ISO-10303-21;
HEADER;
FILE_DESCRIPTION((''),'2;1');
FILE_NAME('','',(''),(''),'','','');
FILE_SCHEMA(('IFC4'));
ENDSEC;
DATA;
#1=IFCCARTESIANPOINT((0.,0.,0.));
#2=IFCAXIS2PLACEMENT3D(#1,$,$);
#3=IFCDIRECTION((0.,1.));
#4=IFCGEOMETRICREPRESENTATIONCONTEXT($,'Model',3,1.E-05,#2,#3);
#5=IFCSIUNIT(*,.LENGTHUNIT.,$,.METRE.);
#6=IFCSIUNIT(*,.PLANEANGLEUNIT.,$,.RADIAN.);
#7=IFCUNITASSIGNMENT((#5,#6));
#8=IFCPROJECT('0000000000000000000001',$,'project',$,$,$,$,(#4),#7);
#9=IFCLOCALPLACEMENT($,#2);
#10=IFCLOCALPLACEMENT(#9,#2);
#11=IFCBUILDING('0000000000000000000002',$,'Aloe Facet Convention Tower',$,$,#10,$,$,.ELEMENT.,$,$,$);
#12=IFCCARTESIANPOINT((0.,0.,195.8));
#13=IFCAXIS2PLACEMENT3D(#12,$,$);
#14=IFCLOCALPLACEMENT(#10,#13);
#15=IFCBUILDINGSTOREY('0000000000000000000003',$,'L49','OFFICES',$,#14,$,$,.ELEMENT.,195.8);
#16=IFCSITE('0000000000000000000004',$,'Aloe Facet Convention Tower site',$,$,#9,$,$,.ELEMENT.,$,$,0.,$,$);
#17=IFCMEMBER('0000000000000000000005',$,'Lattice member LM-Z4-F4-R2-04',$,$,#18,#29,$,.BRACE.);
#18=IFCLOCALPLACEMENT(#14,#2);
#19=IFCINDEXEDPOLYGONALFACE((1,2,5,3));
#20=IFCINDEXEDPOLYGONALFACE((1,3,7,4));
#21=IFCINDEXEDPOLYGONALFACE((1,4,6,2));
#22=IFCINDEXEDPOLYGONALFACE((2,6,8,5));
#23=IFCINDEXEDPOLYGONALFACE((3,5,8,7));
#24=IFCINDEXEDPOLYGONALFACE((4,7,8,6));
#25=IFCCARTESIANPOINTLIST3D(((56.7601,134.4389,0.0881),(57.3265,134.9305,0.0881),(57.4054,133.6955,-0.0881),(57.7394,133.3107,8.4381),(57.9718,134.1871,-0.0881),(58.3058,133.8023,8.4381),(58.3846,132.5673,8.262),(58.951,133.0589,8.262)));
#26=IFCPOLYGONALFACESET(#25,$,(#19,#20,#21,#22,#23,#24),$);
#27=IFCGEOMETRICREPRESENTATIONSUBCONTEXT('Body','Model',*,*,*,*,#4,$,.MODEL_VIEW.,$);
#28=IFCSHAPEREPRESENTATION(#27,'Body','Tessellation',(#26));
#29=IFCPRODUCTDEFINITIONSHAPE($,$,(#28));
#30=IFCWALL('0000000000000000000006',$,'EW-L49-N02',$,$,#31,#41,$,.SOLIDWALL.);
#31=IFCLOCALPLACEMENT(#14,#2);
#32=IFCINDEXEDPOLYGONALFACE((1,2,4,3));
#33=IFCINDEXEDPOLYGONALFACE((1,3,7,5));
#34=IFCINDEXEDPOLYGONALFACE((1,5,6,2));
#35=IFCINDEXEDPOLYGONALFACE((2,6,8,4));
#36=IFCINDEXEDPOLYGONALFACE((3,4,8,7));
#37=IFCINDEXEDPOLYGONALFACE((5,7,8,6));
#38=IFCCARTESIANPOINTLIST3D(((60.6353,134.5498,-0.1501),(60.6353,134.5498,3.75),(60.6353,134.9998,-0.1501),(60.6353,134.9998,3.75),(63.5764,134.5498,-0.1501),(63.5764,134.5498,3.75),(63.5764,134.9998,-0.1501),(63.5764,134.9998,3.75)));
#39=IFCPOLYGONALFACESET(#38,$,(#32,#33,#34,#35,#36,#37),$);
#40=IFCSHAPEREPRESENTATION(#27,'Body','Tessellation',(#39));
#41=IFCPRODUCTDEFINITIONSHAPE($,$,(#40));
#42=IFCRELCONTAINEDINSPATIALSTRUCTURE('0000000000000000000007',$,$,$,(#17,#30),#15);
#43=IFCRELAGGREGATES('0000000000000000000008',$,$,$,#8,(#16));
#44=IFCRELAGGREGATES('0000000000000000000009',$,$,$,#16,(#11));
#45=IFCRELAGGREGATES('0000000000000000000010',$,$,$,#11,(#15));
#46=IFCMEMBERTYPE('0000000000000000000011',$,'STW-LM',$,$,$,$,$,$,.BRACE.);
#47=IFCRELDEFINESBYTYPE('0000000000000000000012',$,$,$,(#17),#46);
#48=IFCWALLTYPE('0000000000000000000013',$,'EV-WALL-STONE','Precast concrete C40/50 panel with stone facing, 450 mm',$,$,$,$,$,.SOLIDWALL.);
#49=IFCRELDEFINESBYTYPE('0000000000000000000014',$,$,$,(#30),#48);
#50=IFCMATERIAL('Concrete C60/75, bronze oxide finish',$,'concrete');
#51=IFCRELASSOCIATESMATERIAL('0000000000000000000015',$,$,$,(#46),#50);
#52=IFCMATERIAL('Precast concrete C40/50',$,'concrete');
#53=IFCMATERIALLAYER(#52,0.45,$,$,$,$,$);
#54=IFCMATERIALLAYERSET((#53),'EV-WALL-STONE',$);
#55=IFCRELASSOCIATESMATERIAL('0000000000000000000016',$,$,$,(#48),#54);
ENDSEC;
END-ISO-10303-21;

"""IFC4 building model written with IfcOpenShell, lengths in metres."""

from ifc_helpers import new_model, si_unit, direction, frame, origin, origin_2d, place, context, subcontext, project, spatial, polyline, rectangle, outline, extrude, material, layer, layer_set, material_profile, profile_set, type_object, element, save


model = new_model("IFC4")

# Units and contexts
model_context = context("Model", 3, precision=1e-05, world=origin(), true_north=direction((0.0, 1.0)))
body_context = subcontext(model_context, "Body", "Model", "MODEL_VIEW")
ifc_project = project(units=[si_unit("LENGTHUNIT", "METRE"), si_unit("PLANEANGLEUNIT", "RADIAN")], contexts=[model_context])

# Site, building, storey
site_placement = place(None, origin())
site = spatial("IfcSite", under=ifc_project, at=site_placement, Name="Aloe Facet Convention Tower site", CompositionType="ELEMENT", RefElevation=0.0)
building_placement = place(site_placement, origin())
building = spatial("IfcBuilding", under=site, at=building_placement, Name="Aloe Facet Convention Tower", CompositionType="ELEMENT")
storey_placement = place(building_placement, frame((0.0, 0.0, 195.8)))
storey = spatial("IfcBuildingStorey", under=building, at=storey_placement, Name="L49", Description="OFFICES", CompositionType="ELEMENT", Elevation=195.8)

# Member
ifc_material_1 = material(Name="Concrete C60/75, bronze oxide finish", Category="concrete")
ifc_material_profile_1 = material_profile(ifc_material_1, rectangle(XDim=0.75, YDim=1.0, at=origin_2d()), Name="STW-LM")
ifc_profile_set_1 = profile_set([ifc_material_profile_1], Name="Concrete C60/75, bronze oxide finish")
member_type_1 = type_object("IfcMemberType", Name="STW-LM", PredefinedType="BRACE", material=ifc_profile_set_1)
member_1_placement = place(storey_placement, frame((57.366, 134.313, 0.0), z_axis=(0.115441, -0.132997, 0.98437), x_axis=(0.755193, 0.655503, 0.0)))
element("IfcMember", 1, at=member_1_placement, inside=storey, type_object=member_type_1, Name="Lattice member LM-Z4-F4-R2-04", PredefinedType="BRACE", context=body_context, shape_type="SweptSolid", body=[
    extrude(rectangle(XDim=0.75, YDim=1.0, at=origin_2d()), origin(), (0.0, 0.0, 1.0), 8.4827),
])

# Wall
ifc_material_2 = material(Name="Precast concrete C40/50", Category="concrete")
ifc_layer_1 = layer(ifc_material_2, 0.45)
ifc_layer_set_1 = layer_set([ifc_layer_1], Name="EV-WALL-STONE")
wall_type = type_object("IfcWallType", Name="EV-WALL-STONE", Description="Precast concrete C40/50 panel with stone facing, 450 mm", PredefinedType="SOLIDWALL", material=ifc_layer_set_1)
wall_1_placement = place(storey_placement, frame((63.5764, 134.7749, -0.1501), z_axis=(0.0, 0.0, 1.0), x_axis=(-1.0, 0.0, 0.0)))
element("IfcWall", 2, at=wall_1_placement, inside=storey, type_object=wall_type, Name="EW-L49-N02", PredefinedType="SOLIDWALL", context=body_context, shape_type="SweptSolid", body=[
    extrude(outline(polyline([(2.9412, 3.9001), (2.9412, 0.0), (0.0, 0.0), (0.0, 3.9001), (2.9412, 3.9001)])), frame((0.0, 0.2251, 0.0), z_axis=(0.0, -1.0, 0.0), x_axis=(1.0, 0.0, 0.0)), (0.0, 0.0, 1.0), 0.45),
])

save(model, "model.ifc")
